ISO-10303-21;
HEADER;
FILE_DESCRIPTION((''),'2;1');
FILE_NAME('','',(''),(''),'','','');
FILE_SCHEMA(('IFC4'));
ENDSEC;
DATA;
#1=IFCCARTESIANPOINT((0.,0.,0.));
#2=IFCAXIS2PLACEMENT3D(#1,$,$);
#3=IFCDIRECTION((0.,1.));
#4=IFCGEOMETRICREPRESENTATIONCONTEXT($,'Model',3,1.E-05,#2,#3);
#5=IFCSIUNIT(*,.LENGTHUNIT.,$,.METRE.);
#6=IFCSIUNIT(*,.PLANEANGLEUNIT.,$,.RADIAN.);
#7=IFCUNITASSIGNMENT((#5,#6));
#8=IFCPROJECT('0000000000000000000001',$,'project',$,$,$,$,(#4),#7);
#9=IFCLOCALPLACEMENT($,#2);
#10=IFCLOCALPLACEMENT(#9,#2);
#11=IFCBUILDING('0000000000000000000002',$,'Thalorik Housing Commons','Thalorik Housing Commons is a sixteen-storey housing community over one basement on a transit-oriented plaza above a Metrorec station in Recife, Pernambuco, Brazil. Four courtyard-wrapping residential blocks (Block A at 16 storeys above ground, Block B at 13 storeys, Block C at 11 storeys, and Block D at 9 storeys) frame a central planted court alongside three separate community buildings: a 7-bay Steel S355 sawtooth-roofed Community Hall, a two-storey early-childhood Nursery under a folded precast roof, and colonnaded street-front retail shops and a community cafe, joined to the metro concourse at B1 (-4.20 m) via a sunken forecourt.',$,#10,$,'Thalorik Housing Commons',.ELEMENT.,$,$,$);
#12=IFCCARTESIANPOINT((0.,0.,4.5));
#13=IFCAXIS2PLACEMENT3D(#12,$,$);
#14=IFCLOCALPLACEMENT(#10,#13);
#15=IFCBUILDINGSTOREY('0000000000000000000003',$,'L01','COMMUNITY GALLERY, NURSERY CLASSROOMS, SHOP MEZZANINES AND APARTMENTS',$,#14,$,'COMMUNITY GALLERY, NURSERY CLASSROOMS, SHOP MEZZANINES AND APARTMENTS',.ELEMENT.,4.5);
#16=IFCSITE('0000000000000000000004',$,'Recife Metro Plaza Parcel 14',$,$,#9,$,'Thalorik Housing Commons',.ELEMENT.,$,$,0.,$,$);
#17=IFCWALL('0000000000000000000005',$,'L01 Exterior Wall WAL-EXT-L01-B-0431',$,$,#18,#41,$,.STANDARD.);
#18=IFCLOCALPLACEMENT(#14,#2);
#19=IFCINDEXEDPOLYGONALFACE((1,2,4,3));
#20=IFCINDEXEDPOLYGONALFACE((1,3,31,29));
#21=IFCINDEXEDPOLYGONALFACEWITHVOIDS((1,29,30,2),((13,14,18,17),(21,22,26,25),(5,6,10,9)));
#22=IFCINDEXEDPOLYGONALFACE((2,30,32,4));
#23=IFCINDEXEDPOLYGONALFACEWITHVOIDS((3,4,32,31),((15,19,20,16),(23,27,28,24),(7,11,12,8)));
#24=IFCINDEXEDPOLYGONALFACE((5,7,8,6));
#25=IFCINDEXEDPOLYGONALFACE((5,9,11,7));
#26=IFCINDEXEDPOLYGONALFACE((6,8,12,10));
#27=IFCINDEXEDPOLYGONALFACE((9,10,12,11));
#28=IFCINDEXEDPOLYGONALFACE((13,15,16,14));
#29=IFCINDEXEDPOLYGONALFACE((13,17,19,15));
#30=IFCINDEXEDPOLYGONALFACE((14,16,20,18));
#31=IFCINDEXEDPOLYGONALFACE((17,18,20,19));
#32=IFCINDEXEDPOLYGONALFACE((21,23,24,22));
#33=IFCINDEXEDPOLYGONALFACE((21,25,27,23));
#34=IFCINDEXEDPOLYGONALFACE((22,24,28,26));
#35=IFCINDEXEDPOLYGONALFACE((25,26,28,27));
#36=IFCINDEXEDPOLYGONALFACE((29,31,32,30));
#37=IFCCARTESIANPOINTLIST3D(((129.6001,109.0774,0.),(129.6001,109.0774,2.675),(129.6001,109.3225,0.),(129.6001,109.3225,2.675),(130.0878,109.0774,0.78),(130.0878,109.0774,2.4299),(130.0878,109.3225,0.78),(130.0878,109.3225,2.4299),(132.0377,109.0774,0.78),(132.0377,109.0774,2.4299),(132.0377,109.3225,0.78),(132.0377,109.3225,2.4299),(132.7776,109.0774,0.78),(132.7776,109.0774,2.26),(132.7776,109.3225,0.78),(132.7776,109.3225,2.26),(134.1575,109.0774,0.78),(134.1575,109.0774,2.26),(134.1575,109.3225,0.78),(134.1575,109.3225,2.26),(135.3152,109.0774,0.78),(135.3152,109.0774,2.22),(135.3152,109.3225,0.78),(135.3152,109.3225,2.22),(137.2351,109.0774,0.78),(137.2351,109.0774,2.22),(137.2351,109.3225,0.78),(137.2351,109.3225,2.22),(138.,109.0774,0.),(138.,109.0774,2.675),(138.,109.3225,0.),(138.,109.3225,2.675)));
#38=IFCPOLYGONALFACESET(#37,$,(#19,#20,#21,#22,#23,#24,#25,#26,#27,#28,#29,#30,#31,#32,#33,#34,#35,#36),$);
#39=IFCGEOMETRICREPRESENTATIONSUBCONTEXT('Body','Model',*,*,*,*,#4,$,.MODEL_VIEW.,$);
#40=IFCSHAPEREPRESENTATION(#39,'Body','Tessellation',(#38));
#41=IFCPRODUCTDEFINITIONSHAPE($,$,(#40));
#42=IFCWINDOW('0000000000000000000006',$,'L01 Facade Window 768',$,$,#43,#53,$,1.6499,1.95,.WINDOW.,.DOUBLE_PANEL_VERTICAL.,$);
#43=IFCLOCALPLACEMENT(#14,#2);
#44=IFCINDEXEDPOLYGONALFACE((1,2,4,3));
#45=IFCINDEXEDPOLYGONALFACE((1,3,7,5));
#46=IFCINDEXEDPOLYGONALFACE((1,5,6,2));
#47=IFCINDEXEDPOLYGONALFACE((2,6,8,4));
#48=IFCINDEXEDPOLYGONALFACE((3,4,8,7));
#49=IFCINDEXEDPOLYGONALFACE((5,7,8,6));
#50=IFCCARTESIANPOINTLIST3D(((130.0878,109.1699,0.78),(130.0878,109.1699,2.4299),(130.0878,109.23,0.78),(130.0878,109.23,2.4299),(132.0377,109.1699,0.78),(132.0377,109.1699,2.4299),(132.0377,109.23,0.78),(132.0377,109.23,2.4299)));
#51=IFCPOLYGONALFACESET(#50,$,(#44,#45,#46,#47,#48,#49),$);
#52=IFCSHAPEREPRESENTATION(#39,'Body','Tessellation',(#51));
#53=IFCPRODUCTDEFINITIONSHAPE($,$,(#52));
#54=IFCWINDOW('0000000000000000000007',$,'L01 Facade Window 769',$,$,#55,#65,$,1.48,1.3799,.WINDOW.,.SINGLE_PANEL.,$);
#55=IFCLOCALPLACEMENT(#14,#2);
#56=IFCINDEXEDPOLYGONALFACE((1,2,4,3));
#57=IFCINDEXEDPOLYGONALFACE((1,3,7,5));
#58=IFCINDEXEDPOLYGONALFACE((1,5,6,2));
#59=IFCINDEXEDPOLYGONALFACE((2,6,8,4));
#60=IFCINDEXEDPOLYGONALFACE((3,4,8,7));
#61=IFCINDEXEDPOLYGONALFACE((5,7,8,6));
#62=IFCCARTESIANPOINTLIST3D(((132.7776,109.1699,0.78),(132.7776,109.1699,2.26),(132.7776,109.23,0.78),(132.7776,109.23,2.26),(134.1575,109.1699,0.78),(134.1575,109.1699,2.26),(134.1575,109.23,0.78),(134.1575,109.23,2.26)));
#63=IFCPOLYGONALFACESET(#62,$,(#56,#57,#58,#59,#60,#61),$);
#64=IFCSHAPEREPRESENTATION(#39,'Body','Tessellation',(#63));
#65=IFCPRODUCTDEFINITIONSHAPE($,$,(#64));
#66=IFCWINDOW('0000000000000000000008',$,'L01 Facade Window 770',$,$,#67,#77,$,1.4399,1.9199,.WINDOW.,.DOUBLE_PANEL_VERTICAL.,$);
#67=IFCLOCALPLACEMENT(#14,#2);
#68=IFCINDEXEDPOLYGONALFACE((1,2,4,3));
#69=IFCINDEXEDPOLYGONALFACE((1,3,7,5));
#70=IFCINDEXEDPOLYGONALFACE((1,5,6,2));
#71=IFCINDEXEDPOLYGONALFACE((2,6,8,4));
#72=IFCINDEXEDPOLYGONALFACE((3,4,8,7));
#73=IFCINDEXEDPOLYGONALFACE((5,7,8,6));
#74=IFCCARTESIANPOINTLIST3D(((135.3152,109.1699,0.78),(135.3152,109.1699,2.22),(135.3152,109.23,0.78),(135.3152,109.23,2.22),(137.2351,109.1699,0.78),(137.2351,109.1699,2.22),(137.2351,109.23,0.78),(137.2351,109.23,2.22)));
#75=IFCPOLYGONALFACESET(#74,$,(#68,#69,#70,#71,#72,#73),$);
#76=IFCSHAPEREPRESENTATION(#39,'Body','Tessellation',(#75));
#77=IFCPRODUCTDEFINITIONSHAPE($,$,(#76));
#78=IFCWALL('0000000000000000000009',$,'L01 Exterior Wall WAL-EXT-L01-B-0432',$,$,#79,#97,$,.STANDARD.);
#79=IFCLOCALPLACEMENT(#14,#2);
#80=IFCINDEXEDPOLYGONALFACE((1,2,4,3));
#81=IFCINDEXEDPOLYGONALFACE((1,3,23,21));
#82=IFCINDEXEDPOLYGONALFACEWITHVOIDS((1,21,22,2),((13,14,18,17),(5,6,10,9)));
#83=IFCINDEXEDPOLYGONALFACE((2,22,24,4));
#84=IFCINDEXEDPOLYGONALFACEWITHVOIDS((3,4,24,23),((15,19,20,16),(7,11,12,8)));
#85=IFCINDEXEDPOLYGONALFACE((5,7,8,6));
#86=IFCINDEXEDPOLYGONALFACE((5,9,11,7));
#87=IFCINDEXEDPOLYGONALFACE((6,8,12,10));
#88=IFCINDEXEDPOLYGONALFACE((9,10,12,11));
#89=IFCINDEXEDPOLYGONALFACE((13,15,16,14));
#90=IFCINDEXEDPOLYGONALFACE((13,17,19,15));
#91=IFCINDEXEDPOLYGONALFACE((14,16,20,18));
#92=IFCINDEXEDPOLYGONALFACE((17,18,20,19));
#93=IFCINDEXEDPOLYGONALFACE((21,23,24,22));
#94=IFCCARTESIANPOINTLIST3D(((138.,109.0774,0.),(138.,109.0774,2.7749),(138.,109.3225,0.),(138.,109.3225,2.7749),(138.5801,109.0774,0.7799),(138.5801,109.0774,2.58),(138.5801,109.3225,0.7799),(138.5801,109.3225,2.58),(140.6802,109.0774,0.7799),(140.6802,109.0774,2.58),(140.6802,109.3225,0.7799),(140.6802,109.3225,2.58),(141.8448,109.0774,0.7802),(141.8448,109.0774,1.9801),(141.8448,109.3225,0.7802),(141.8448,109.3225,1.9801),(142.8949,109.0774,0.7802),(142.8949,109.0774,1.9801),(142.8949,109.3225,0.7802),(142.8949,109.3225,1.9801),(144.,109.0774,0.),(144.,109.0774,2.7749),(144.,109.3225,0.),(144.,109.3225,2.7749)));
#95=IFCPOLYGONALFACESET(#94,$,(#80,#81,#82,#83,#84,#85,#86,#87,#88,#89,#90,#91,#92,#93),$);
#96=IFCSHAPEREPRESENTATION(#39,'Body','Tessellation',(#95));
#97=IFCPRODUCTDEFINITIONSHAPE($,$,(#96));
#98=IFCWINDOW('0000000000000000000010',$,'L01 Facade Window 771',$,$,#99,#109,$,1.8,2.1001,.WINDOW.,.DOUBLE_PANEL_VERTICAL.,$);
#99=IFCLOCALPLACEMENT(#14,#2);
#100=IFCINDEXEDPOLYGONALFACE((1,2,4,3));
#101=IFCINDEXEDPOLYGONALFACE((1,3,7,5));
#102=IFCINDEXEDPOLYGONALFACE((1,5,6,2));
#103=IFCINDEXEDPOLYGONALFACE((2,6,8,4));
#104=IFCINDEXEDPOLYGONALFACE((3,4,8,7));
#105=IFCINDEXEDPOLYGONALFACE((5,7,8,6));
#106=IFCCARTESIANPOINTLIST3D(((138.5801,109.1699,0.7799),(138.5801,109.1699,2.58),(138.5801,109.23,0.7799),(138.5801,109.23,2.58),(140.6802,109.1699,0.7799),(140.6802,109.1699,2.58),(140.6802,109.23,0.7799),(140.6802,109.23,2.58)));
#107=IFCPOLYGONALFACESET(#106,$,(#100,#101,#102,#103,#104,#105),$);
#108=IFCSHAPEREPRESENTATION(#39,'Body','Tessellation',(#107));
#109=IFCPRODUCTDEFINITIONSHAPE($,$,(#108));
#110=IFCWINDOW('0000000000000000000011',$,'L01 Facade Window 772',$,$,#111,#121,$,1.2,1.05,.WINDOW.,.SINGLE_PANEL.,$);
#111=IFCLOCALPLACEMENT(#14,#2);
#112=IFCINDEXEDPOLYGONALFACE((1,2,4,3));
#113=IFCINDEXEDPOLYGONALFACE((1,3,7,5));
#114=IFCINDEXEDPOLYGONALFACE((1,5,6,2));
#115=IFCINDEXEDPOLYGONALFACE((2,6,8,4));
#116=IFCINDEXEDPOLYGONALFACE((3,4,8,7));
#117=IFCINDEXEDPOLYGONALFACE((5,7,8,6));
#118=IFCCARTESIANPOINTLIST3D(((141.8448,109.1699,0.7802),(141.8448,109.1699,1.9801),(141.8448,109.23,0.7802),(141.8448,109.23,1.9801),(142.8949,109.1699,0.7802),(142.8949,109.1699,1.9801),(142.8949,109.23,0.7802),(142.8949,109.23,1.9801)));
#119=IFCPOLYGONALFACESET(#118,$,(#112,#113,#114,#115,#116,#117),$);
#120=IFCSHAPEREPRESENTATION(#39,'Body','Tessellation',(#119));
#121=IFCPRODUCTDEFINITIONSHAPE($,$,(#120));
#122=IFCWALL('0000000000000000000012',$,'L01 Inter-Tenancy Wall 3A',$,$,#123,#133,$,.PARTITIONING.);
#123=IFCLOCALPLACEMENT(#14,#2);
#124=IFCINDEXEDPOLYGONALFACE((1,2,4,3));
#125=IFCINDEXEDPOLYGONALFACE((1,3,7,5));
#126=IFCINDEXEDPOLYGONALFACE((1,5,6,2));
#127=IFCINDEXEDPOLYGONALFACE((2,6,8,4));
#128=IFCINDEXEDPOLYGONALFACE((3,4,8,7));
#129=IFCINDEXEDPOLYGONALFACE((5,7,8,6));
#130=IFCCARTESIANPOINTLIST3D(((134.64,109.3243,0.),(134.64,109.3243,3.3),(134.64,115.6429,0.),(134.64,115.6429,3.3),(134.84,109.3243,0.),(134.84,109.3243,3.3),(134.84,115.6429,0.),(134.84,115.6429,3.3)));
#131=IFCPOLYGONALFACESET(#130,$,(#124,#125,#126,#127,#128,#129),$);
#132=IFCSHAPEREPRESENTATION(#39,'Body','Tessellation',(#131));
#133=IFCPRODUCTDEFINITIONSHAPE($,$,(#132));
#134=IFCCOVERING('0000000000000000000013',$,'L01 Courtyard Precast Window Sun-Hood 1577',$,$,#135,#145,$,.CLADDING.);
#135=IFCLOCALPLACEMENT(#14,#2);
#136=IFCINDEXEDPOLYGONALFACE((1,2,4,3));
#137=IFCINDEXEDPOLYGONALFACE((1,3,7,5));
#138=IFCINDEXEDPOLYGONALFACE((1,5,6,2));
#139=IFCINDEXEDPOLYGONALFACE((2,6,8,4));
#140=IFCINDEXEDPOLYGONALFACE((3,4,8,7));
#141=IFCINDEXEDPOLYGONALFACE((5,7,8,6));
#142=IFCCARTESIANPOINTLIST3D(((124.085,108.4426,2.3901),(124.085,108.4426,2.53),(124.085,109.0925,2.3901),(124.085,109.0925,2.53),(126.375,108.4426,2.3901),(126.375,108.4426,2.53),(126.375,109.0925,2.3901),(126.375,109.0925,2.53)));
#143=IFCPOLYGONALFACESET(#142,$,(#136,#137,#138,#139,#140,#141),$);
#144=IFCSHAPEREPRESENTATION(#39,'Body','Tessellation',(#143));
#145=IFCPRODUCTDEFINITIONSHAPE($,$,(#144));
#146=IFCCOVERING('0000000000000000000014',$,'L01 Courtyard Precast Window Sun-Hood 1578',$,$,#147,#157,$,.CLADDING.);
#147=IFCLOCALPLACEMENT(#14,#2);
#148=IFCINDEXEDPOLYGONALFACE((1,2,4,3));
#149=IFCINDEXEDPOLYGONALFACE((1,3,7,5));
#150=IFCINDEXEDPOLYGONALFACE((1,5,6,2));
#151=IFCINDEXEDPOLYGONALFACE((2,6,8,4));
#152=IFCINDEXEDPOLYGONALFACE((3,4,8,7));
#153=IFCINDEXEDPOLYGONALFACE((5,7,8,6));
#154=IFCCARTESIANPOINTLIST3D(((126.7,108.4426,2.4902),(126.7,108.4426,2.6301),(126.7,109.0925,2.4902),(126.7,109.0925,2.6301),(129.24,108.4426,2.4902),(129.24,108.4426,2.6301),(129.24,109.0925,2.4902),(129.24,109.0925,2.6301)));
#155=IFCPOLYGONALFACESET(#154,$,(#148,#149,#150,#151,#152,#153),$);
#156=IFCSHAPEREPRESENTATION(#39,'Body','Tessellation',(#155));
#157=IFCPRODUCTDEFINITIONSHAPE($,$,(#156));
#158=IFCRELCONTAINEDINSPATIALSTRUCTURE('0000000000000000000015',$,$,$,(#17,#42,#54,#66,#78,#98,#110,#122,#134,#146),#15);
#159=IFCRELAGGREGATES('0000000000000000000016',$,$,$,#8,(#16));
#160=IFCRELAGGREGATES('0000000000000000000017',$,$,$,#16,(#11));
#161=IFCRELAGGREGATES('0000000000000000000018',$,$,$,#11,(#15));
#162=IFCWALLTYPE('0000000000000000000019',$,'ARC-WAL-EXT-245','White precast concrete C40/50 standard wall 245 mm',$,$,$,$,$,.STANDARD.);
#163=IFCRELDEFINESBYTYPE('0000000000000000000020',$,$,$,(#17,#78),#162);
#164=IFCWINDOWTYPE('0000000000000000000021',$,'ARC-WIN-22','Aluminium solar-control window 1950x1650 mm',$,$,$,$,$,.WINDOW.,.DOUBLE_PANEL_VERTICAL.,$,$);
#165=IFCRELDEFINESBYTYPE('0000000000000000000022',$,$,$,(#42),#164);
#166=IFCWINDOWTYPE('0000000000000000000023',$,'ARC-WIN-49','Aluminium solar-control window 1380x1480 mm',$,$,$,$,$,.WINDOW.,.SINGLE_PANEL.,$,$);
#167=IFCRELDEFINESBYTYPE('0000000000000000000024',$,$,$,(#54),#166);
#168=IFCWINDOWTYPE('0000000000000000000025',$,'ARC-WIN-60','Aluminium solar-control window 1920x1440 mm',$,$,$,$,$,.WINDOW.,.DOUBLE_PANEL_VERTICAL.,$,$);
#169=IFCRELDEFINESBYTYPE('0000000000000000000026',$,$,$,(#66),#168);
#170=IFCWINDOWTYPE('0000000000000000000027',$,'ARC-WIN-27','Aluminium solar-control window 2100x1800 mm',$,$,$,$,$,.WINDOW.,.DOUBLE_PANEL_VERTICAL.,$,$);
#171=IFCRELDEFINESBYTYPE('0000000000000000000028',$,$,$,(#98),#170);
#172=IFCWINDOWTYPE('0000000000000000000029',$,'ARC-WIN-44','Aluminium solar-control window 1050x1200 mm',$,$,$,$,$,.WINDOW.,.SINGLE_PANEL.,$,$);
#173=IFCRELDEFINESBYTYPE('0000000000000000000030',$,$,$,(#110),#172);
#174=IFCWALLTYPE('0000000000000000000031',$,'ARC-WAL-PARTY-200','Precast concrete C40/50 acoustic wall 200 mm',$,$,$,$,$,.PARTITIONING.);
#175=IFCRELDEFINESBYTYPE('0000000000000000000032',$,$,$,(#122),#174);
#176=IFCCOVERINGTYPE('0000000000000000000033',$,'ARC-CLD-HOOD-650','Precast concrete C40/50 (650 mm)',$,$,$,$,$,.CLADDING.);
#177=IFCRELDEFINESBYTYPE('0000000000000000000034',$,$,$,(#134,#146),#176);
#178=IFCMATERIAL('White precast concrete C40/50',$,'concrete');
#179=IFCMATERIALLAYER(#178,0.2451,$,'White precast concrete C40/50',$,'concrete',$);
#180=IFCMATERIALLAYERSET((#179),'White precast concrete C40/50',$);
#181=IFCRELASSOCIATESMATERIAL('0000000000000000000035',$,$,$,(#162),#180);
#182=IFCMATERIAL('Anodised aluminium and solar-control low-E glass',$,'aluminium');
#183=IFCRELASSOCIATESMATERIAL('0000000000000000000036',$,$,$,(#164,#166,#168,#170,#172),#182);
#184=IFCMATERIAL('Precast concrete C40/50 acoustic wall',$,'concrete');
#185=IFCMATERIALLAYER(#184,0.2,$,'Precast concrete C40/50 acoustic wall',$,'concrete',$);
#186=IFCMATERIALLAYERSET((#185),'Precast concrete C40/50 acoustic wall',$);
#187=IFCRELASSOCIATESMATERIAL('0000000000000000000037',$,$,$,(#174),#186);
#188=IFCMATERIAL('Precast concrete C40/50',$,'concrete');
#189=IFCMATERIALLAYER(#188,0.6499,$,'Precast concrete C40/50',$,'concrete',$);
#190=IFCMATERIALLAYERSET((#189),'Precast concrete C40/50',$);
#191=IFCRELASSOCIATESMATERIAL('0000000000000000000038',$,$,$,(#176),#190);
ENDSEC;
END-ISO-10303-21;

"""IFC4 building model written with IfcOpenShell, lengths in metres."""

from ifc_helpers import new_model, si_unit, direction, frame, frame_2d, origin, origin_2d, place, context, subcontext, project, spatial, rectangle, extrude, material, layer, layer_set, type_object, element, fill, save


model = new_model("IFC4")

# Units and contexts
model_context = context("Model", 3, precision=1e-05, world=origin(), true_north=direction((0.0, 1.0)))
body_context = subcontext(model_context, "Body", "Model", "MODEL_VIEW")
ifc_project = project(units=[si_unit("LENGTHUNIT", "METRE"), si_unit("PLANEANGLEUNIT", "RADIAN")], contexts=[model_context])

# Site, building, storey
site_placement = place(None, origin())
site = spatial("IfcSite", under=ifc_project, at=site_placement, Name="Recife Metro Plaza Parcel 14", LongName="Thalorik Housing Commons", CompositionType="ELEMENT", RefElevation=0.0)
building_placement = place(site_placement, origin())
building = spatial("IfcBuilding", under=site, at=building_placement, Name="Thalorik Housing Commons", Description="Thalorik Housing Commons is a sixteen-storey housing community over one basement on a transit-oriented plaza above a Metrorec station in Recife, Pernambuco, Brazil. Four courtyard-wrapping residential blocks (Block A at 16 storeys above ground, Block B at 13 storeys, Block C at 11 storeys, and Block D at 9 storeys) frame a central planted court alongside three separate community buildings: a 7-bay Steel S355 sawtooth-roofed Community Hall, a two-storey early-childhood Nursery under a folded precast roof, and colonnaded street-front retail shops and a community cafe, joined to the metro concourse at B1 (-4.20 m) via a sunken forecourt.", LongName="Thalorik Housing Commons", CompositionType="ELEMENT")
storey_placement = place(building_placement, frame((0.0, 0.0, 4.5)))
storey = spatial("IfcBuildingStorey", under=building, at=storey_placement, Name="L01", Description="COMMUNITY GALLERY, NURSERY CLASSROOMS, SHOP MEZZANINES AND APARTMENTS", LongName="COMMUNITY GALLERY, NURSERY CLASSROOMS, SHOP MEZZANINES AND APARTMENTS", CompositionType="ELEMENT", Elevation=4.5)

# Shared definitions
ifc_material_1 = material(Name="Precast concrete C40/50", Category="concrete")

# Walls, openings, windows
ifc_material_2 = material(Name="White precast concrete C40/50", Category="concrete")
ifc_layer_1 = layer(ifc_material_2, 0.2451, Name="White precast concrete C40/50", Category="concrete")
ifc_layer_set_1 = layer_set([ifc_layer_1], Name="White precast concrete C40/50")
wall_type_1 = type_object("IfcWallType", Name="ARC-WAL-EXT-245", Description="White precast concrete C40/50 standard wall 245 mm", PredefinedType="STANDARD", material=ifc_layer_set_1)
wall_1_placement = place(storey_placement, frame((129.6001, 109.2, 0.0), z_axis=(0.0, 0.0, 1.0), x_axis=(1.0, 0.0, 0.0)))
wall_1 = element("IfcWall", 1, at=wall_1_placement, inside=storey, type_object=wall_type_1, Name="L01 Exterior Wall WAL-EXT-L01-B-0431", PredefinedType="STANDARD", context=body_context, shape_type="SweptSolid", body=[
    extrude(rectangle(XDim=8.3999, YDim=0.2451, at=frame_2d((4.2, 0.0))), origin(), (0.0, 0.0, 1.0), 2.675),
])
opening_1_placement = place(wall_1_placement, frame((0.4875, 0.0, 0.78)))
opening_1 = element("IfcOpeningElement", 2, at=opening_1_placement, cuts=wall_1, PredefinedType="OPENING", context=body_context, shape_type="SweptSolid", body=[
    extrude(rectangle(XDim=1.95, YDim=1.6499, at=frame_2d((0.9751, 0.825))), frame((0.0, 0.1326, 0.0), z_axis=(0.0, -1.0, 0.0), x_axis=(1.0, 0.0, 0.0)), (0.0, 0.0, 1.0), 0.2651),
])
opening_2_placement = place(wall_1_placement, frame((3.1775, 0.0, 0.78)))
opening_2 = element("IfcOpeningElement", 3, at=opening_2_placement, cuts=wall_1, PredefinedType="OPENING", context=body_context, shape_type="SweptSolid", body=[
    extrude(rectangle(XDim=1.3799, YDim=1.48, at=frame_2d((0.6899, 0.74))), frame((0.0, 0.1326, 0.0), z_axis=(0.0, -1.0, 0.0), x_axis=(1.0, 0.0, 0.0)), (0.0, 0.0, 1.0), 0.2651),
])
opening_3_placement = place(wall_1_placement, frame((5.7151, 0.0, 0.78)))
opening_3 = element("IfcOpeningElement", 4, at=opening_3_placement, cuts=wall_1, PredefinedType="OPENING", context=body_context, shape_type="SweptSolid", body=[
    extrude(rectangle(XDim=1.9199, YDim=1.4399, at=frame_2d((0.96, 0.72))), frame((0.0, 0.1326, 0.0), z_axis=(0.0, -1.0, 0.0), x_axis=(1.0, 0.0, 0.0)), (0.0, 0.0, 1.0), 0.2651),
])
ifc_material_3 = material(Name="Anodised aluminium and solar-control low-E glass", Category="aluminium")
window_type_1 = type_object("IfcWindowType", Name="ARC-WIN-22", Description="Aluminium solar-control window 1950x1650 mm", PartitioningType="DOUBLE_PANEL_VERTICAL", PredefinedType="WINDOW", material=ifc_material_3)
window_1_placement = place(opening_1_placement, origin())
window_1 = element("IfcWindow", 5, at=window_1_placement, inside=storey, type_object=window_type_1, Name="L01 Facade Window 768", OverallHeight=1.6499, OverallWidth=1.95, PartitioningType="DOUBLE_PANEL_VERTICAL", PredefinedType="WINDOW", context=body_context, shape_type="SweptSolid", body=[
    extrude(rectangle(XDim=1.95, YDim=1.6499, at=frame_2d((0.9751, 0.825))), frame((0.0, 0.03, 0.0), z_axis=(0.0, -1.0, 0.0), x_axis=(1.0, 0.0, 0.0)), (0.0, 0.0, 1.0), 0.0601),
])
fill(opening_1, window_1)
window_type_2 = type_object("IfcWindowType", Name="ARC-WIN-49", Description="Aluminium solar-control window 1380x1480 mm", PartitioningType="SINGLE_PANEL", PredefinedType="WINDOW", material=ifc_material_3)
window_2_placement = place(opening_2_placement, origin())
window_2 = element("IfcWindow", 6, at=window_2_placement, inside=storey, type_object=window_type_2, Name="L01 Facade Window 769", OverallHeight=1.48, OverallWidth=1.3799, PartitioningType="SINGLE_PANEL", PredefinedType="WINDOW", context=body_context, shape_type="SweptSolid", body=[
    extrude(rectangle(XDim=1.3799, YDim=1.48, at=frame_2d((0.6899, 0.74))), frame((0.0, 0.03, 0.0), z_axis=(0.0, -1.0, 0.0), x_axis=(1.0, 0.0, 0.0)), (0.0, 0.0, 1.0), 0.0601),
])
fill(opening_2, window_2)
window_type_3 = type_object("IfcWindowType", Name="ARC-WIN-60", Description="Aluminium solar-control window 1920x1440 mm", PartitioningType="DOUBLE_PANEL_VERTICAL", PredefinedType="WINDOW", material=ifc_material_3)
window_3_placement = place(opening_3_placement, origin())
window_3 = element("IfcWindow", 7, at=window_3_placement, inside=storey, type_object=window_type_3, Name="L01 Facade Window 770", OverallHeight=1.4399, OverallWidth=1.9199, PartitioningType="DOUBLE_PANEL_VERTICAL", PredefinedType="WINDOW", context=body_context, shape_type="SweptSolid", body=[
    extrude(rectangle(XDim=1.9199, YDim=1.4399, at=frame_2d((0.96, 0.72))), frame((0.0, 0.03, 0.0), z_axis=(0.0, -1.0, 0.0), x_axis=(1.0, 0.0, 0.0)), (0.0, 0.0, 1.0), 0.0601),
])
fill(opening_3, window_3)
wall_2_placement = place(storey_placement, frame((138.0, 109.2, 0.0), z_axis=(0.0, 0.0, 1.0), x_axis=(1.0, 0.0, 0.0)))
wall_2 = element("IfcWall", 8, at=wall_2_placement, inside=storey, type_object=wall_type_1, Name="L01 Exterior Wall WAL-EXT-L01-B-0432", PredefinedType="STANDARD", context=body_context, shape_type="SweptSolid", body=[
    extrude(rectangle(XDim=6.0, YDim=0.2451, at=frame_2d((3.0, 0.0))), origin(), (0.0, 0.0, 1.0), 2.7749),
])
opening_4_placement = place(wall_2_placement, frame((0.5801, 0.0, 0.78)))
opening_4 = element("IfcOpeningElement", 9, at=opening_4_placement, cuts=wall_2, PredefinedType="OPENING", context=body_context, shape_type="SweptSolid", body=[
    extrude(rectangle(XDim=2.1001, YDim=1.8, at=frame_2d((1.05, 0.8999))), frame((0.0, 0.1326, 0.0), z_axis=(0.0, -1.0, 0.0), x_axis=(1.0, 0.0, 0.0)), (0.0, 0.0, 1.0), 0.2651),
])
opening_5_placement = place(wall_2_placement, frame((3.845, 0.0, 0.78)))
opening_5 = element("IfcOpeningElement", 10, at=opening_5_placement, cuts=wall_2, PredefinedType="OPENING", context=body_context, shape_type="SweptSolid", body=[
    extrude(rectangle(XDim=1.05, YDim=1.2, at=frame_2d((0.5249, 0.6001))), frame((0.0, 0.1326, 0.0), z_axis=(0.0, -1.0, 0.0), x_axis=(1.0, 0.0, 0.0)), (0.0, 0.0, 1.0), 0.2651),
])
window_type_4 = type_object("IfcWindowType", Name="ARC-WIN-27", Description="Aluminium solar-control window 2100x1800 mm", PartitioningType="DOUBLE_PANEL_VERTICAL", PredefinedType="WINDOW", material=ifc_material_3)
window_4_placement = place(opening_4_placement, origin())
window_4 = element("IfcWindow", 11, at=window_4_placement, inside=storey, type_object=window_type_4, Name="L01 Facade Window 771", OverallHeight=1.8, OverallWidth=2.1001, PartitioningType="DOUBLE_PANEL_VERTICAL", PredefinedType="WINDOW", context=body_context, shape_type="SweptSolid", body=[
    extrude(rectangle(XDim=2.1001, YDim=1.8, at=frame_2d((1.05, 0.8999))), frame((0.0, 0.03, 0.0), z_axis=(0.0, -1.0, 0.0), x_axis=(1.0, 0.0, 0.0)), (0.0, 0.0, 1.0), 0.0601),
])
fill(opening_4, window_4)
window_type_5 = type_object("IfcWindowType", Name="ARC-WIN-44", Description="Aluminium solar-control window 1050x1200 mm", PartitioningType="SINGLE_PANEL", PredefinedType="WINDOW", material=ifc_material_3)
window_5_placement = place(opening_5_placement, origin())
window_5 = element("IfcWindow", 12, at=window_5_placement, inside=storey, type_object=window_type_5, Name="L01 Facade Window 772", OverallHeight=1.2, OverallWidth=1.05, PartitioningType="SINGLE_PANEL", PredefinedType="WINDOW", context=body_context, shape_type="SweptSolid", body=[
    extrude(rectangle(XDim=1.05, YDim=1.2, at=frame_2d((0.5249, 0.6001))), frame((0.0, 0.03, 0.0), z_axis=(0.0, -1.0, 0.0), x_axis=(1.0, 0.0, 0.0)), (0.0, 0.0, 1.0), 0.0601),
])
fill(opening_5, window_5)

# Wall
ifc_material_4 = material(Name="Precast concrete C40/50 acoustic wall", Category="concrete")
ifc_layer_2 = layer(ifc_material_4, 0.2, Name="Precast concrete C40/50 acoustic wall", Category="concrete")
ifc_layer_set_2 = layer_set([ifc_layer_2], Name="Precast concrete C40/50 acoustic wall")
wall_type_2 = type_object("IfcWallType", Name="ARC-WAL-PARTY-200", Description="Precast concrete C40/50 acoustic wall 200 mm", PredefinedType="PARTITIONING", material=ifc_layer_set_2)
wall_3_placement = place(storey_placement, frame((134.74, 109.3245, 0.0), z_axis=(0.0, 0.0, 1.0), x_axis=(0.0, 1.0, 0.0)))
element("IfcWall", 13, at=wall_3_placement, inside=storey, type_object=wall_type_2, Name="L01 Inter-Tenancy Wall 3A", PredefinedType="PARTITIONING", context=body_context, shape_type="SweptSolid", body=[
    extrude(rectangle(XDim=6.3186, YDim=0.2, at=frame_2d((3.1592, 0.0))), origin(), (0.0, 0.0, 1.0), 3.3),
])

# Coverings
ifc_layer_3 = layer(ifc_material_1, 0.6499, Name="Precast concrete C40/50", Category="concrete")
ifc_layer_set_3 = layer_set([ifc_layer_3], Name="Precast concrete C40/50")
covering_type = type_object("IfcCoveringType", Name="ARC-CLD-HOOD-650", Description="Precast concrete C40/50 (650 mm)", PredefinedType="CLADDING", material=ifc_layer_set_3)
covering_1_placement = place(storey_placement, frame((125.23, 108.7676, 2.3901), z_axis=(0.0, 0.0, 1.0), x_axis=(1.0, 0.0, 0.0)))
element("IfcCovering", 14, at=covering_1_placement, inside=storey, type_object=covering_type, Name="L01 Courtyard Precast Window Sun-Hood 1577", PredefinedType="CLADDING", context=body_context, shape_type="SweptSolid", body=[
    extrude(rectangle(XDim=2.29, YDim=0.6499, at=origin_2d()), origin(), (0.0, 0.0, 1.0), 0.1399),
])
covering_2_placement = place(storey_placement, frame((127.97, 108.7676, 2.4902), z_axis=(0.0, 0.0, 1.0), x_axis=(1.0, 0.0, 0.0)))
element("IfcCovering", 15, at=covering_2_placement, inside=storey, type_object=covering_type, Name="L01 Courtyard Precast Window Sun-Hood 1578", PredefinedType="CLADDING", context=body_context, shape_type="SweptSolid", body=[
    extrude(rectangle(XDim=2.54, YDim=0.6499, at=origin_2d()), origin(), (0.0, 0.0, 1.0), 0.1399),
])

save(model, "model.ifc")
